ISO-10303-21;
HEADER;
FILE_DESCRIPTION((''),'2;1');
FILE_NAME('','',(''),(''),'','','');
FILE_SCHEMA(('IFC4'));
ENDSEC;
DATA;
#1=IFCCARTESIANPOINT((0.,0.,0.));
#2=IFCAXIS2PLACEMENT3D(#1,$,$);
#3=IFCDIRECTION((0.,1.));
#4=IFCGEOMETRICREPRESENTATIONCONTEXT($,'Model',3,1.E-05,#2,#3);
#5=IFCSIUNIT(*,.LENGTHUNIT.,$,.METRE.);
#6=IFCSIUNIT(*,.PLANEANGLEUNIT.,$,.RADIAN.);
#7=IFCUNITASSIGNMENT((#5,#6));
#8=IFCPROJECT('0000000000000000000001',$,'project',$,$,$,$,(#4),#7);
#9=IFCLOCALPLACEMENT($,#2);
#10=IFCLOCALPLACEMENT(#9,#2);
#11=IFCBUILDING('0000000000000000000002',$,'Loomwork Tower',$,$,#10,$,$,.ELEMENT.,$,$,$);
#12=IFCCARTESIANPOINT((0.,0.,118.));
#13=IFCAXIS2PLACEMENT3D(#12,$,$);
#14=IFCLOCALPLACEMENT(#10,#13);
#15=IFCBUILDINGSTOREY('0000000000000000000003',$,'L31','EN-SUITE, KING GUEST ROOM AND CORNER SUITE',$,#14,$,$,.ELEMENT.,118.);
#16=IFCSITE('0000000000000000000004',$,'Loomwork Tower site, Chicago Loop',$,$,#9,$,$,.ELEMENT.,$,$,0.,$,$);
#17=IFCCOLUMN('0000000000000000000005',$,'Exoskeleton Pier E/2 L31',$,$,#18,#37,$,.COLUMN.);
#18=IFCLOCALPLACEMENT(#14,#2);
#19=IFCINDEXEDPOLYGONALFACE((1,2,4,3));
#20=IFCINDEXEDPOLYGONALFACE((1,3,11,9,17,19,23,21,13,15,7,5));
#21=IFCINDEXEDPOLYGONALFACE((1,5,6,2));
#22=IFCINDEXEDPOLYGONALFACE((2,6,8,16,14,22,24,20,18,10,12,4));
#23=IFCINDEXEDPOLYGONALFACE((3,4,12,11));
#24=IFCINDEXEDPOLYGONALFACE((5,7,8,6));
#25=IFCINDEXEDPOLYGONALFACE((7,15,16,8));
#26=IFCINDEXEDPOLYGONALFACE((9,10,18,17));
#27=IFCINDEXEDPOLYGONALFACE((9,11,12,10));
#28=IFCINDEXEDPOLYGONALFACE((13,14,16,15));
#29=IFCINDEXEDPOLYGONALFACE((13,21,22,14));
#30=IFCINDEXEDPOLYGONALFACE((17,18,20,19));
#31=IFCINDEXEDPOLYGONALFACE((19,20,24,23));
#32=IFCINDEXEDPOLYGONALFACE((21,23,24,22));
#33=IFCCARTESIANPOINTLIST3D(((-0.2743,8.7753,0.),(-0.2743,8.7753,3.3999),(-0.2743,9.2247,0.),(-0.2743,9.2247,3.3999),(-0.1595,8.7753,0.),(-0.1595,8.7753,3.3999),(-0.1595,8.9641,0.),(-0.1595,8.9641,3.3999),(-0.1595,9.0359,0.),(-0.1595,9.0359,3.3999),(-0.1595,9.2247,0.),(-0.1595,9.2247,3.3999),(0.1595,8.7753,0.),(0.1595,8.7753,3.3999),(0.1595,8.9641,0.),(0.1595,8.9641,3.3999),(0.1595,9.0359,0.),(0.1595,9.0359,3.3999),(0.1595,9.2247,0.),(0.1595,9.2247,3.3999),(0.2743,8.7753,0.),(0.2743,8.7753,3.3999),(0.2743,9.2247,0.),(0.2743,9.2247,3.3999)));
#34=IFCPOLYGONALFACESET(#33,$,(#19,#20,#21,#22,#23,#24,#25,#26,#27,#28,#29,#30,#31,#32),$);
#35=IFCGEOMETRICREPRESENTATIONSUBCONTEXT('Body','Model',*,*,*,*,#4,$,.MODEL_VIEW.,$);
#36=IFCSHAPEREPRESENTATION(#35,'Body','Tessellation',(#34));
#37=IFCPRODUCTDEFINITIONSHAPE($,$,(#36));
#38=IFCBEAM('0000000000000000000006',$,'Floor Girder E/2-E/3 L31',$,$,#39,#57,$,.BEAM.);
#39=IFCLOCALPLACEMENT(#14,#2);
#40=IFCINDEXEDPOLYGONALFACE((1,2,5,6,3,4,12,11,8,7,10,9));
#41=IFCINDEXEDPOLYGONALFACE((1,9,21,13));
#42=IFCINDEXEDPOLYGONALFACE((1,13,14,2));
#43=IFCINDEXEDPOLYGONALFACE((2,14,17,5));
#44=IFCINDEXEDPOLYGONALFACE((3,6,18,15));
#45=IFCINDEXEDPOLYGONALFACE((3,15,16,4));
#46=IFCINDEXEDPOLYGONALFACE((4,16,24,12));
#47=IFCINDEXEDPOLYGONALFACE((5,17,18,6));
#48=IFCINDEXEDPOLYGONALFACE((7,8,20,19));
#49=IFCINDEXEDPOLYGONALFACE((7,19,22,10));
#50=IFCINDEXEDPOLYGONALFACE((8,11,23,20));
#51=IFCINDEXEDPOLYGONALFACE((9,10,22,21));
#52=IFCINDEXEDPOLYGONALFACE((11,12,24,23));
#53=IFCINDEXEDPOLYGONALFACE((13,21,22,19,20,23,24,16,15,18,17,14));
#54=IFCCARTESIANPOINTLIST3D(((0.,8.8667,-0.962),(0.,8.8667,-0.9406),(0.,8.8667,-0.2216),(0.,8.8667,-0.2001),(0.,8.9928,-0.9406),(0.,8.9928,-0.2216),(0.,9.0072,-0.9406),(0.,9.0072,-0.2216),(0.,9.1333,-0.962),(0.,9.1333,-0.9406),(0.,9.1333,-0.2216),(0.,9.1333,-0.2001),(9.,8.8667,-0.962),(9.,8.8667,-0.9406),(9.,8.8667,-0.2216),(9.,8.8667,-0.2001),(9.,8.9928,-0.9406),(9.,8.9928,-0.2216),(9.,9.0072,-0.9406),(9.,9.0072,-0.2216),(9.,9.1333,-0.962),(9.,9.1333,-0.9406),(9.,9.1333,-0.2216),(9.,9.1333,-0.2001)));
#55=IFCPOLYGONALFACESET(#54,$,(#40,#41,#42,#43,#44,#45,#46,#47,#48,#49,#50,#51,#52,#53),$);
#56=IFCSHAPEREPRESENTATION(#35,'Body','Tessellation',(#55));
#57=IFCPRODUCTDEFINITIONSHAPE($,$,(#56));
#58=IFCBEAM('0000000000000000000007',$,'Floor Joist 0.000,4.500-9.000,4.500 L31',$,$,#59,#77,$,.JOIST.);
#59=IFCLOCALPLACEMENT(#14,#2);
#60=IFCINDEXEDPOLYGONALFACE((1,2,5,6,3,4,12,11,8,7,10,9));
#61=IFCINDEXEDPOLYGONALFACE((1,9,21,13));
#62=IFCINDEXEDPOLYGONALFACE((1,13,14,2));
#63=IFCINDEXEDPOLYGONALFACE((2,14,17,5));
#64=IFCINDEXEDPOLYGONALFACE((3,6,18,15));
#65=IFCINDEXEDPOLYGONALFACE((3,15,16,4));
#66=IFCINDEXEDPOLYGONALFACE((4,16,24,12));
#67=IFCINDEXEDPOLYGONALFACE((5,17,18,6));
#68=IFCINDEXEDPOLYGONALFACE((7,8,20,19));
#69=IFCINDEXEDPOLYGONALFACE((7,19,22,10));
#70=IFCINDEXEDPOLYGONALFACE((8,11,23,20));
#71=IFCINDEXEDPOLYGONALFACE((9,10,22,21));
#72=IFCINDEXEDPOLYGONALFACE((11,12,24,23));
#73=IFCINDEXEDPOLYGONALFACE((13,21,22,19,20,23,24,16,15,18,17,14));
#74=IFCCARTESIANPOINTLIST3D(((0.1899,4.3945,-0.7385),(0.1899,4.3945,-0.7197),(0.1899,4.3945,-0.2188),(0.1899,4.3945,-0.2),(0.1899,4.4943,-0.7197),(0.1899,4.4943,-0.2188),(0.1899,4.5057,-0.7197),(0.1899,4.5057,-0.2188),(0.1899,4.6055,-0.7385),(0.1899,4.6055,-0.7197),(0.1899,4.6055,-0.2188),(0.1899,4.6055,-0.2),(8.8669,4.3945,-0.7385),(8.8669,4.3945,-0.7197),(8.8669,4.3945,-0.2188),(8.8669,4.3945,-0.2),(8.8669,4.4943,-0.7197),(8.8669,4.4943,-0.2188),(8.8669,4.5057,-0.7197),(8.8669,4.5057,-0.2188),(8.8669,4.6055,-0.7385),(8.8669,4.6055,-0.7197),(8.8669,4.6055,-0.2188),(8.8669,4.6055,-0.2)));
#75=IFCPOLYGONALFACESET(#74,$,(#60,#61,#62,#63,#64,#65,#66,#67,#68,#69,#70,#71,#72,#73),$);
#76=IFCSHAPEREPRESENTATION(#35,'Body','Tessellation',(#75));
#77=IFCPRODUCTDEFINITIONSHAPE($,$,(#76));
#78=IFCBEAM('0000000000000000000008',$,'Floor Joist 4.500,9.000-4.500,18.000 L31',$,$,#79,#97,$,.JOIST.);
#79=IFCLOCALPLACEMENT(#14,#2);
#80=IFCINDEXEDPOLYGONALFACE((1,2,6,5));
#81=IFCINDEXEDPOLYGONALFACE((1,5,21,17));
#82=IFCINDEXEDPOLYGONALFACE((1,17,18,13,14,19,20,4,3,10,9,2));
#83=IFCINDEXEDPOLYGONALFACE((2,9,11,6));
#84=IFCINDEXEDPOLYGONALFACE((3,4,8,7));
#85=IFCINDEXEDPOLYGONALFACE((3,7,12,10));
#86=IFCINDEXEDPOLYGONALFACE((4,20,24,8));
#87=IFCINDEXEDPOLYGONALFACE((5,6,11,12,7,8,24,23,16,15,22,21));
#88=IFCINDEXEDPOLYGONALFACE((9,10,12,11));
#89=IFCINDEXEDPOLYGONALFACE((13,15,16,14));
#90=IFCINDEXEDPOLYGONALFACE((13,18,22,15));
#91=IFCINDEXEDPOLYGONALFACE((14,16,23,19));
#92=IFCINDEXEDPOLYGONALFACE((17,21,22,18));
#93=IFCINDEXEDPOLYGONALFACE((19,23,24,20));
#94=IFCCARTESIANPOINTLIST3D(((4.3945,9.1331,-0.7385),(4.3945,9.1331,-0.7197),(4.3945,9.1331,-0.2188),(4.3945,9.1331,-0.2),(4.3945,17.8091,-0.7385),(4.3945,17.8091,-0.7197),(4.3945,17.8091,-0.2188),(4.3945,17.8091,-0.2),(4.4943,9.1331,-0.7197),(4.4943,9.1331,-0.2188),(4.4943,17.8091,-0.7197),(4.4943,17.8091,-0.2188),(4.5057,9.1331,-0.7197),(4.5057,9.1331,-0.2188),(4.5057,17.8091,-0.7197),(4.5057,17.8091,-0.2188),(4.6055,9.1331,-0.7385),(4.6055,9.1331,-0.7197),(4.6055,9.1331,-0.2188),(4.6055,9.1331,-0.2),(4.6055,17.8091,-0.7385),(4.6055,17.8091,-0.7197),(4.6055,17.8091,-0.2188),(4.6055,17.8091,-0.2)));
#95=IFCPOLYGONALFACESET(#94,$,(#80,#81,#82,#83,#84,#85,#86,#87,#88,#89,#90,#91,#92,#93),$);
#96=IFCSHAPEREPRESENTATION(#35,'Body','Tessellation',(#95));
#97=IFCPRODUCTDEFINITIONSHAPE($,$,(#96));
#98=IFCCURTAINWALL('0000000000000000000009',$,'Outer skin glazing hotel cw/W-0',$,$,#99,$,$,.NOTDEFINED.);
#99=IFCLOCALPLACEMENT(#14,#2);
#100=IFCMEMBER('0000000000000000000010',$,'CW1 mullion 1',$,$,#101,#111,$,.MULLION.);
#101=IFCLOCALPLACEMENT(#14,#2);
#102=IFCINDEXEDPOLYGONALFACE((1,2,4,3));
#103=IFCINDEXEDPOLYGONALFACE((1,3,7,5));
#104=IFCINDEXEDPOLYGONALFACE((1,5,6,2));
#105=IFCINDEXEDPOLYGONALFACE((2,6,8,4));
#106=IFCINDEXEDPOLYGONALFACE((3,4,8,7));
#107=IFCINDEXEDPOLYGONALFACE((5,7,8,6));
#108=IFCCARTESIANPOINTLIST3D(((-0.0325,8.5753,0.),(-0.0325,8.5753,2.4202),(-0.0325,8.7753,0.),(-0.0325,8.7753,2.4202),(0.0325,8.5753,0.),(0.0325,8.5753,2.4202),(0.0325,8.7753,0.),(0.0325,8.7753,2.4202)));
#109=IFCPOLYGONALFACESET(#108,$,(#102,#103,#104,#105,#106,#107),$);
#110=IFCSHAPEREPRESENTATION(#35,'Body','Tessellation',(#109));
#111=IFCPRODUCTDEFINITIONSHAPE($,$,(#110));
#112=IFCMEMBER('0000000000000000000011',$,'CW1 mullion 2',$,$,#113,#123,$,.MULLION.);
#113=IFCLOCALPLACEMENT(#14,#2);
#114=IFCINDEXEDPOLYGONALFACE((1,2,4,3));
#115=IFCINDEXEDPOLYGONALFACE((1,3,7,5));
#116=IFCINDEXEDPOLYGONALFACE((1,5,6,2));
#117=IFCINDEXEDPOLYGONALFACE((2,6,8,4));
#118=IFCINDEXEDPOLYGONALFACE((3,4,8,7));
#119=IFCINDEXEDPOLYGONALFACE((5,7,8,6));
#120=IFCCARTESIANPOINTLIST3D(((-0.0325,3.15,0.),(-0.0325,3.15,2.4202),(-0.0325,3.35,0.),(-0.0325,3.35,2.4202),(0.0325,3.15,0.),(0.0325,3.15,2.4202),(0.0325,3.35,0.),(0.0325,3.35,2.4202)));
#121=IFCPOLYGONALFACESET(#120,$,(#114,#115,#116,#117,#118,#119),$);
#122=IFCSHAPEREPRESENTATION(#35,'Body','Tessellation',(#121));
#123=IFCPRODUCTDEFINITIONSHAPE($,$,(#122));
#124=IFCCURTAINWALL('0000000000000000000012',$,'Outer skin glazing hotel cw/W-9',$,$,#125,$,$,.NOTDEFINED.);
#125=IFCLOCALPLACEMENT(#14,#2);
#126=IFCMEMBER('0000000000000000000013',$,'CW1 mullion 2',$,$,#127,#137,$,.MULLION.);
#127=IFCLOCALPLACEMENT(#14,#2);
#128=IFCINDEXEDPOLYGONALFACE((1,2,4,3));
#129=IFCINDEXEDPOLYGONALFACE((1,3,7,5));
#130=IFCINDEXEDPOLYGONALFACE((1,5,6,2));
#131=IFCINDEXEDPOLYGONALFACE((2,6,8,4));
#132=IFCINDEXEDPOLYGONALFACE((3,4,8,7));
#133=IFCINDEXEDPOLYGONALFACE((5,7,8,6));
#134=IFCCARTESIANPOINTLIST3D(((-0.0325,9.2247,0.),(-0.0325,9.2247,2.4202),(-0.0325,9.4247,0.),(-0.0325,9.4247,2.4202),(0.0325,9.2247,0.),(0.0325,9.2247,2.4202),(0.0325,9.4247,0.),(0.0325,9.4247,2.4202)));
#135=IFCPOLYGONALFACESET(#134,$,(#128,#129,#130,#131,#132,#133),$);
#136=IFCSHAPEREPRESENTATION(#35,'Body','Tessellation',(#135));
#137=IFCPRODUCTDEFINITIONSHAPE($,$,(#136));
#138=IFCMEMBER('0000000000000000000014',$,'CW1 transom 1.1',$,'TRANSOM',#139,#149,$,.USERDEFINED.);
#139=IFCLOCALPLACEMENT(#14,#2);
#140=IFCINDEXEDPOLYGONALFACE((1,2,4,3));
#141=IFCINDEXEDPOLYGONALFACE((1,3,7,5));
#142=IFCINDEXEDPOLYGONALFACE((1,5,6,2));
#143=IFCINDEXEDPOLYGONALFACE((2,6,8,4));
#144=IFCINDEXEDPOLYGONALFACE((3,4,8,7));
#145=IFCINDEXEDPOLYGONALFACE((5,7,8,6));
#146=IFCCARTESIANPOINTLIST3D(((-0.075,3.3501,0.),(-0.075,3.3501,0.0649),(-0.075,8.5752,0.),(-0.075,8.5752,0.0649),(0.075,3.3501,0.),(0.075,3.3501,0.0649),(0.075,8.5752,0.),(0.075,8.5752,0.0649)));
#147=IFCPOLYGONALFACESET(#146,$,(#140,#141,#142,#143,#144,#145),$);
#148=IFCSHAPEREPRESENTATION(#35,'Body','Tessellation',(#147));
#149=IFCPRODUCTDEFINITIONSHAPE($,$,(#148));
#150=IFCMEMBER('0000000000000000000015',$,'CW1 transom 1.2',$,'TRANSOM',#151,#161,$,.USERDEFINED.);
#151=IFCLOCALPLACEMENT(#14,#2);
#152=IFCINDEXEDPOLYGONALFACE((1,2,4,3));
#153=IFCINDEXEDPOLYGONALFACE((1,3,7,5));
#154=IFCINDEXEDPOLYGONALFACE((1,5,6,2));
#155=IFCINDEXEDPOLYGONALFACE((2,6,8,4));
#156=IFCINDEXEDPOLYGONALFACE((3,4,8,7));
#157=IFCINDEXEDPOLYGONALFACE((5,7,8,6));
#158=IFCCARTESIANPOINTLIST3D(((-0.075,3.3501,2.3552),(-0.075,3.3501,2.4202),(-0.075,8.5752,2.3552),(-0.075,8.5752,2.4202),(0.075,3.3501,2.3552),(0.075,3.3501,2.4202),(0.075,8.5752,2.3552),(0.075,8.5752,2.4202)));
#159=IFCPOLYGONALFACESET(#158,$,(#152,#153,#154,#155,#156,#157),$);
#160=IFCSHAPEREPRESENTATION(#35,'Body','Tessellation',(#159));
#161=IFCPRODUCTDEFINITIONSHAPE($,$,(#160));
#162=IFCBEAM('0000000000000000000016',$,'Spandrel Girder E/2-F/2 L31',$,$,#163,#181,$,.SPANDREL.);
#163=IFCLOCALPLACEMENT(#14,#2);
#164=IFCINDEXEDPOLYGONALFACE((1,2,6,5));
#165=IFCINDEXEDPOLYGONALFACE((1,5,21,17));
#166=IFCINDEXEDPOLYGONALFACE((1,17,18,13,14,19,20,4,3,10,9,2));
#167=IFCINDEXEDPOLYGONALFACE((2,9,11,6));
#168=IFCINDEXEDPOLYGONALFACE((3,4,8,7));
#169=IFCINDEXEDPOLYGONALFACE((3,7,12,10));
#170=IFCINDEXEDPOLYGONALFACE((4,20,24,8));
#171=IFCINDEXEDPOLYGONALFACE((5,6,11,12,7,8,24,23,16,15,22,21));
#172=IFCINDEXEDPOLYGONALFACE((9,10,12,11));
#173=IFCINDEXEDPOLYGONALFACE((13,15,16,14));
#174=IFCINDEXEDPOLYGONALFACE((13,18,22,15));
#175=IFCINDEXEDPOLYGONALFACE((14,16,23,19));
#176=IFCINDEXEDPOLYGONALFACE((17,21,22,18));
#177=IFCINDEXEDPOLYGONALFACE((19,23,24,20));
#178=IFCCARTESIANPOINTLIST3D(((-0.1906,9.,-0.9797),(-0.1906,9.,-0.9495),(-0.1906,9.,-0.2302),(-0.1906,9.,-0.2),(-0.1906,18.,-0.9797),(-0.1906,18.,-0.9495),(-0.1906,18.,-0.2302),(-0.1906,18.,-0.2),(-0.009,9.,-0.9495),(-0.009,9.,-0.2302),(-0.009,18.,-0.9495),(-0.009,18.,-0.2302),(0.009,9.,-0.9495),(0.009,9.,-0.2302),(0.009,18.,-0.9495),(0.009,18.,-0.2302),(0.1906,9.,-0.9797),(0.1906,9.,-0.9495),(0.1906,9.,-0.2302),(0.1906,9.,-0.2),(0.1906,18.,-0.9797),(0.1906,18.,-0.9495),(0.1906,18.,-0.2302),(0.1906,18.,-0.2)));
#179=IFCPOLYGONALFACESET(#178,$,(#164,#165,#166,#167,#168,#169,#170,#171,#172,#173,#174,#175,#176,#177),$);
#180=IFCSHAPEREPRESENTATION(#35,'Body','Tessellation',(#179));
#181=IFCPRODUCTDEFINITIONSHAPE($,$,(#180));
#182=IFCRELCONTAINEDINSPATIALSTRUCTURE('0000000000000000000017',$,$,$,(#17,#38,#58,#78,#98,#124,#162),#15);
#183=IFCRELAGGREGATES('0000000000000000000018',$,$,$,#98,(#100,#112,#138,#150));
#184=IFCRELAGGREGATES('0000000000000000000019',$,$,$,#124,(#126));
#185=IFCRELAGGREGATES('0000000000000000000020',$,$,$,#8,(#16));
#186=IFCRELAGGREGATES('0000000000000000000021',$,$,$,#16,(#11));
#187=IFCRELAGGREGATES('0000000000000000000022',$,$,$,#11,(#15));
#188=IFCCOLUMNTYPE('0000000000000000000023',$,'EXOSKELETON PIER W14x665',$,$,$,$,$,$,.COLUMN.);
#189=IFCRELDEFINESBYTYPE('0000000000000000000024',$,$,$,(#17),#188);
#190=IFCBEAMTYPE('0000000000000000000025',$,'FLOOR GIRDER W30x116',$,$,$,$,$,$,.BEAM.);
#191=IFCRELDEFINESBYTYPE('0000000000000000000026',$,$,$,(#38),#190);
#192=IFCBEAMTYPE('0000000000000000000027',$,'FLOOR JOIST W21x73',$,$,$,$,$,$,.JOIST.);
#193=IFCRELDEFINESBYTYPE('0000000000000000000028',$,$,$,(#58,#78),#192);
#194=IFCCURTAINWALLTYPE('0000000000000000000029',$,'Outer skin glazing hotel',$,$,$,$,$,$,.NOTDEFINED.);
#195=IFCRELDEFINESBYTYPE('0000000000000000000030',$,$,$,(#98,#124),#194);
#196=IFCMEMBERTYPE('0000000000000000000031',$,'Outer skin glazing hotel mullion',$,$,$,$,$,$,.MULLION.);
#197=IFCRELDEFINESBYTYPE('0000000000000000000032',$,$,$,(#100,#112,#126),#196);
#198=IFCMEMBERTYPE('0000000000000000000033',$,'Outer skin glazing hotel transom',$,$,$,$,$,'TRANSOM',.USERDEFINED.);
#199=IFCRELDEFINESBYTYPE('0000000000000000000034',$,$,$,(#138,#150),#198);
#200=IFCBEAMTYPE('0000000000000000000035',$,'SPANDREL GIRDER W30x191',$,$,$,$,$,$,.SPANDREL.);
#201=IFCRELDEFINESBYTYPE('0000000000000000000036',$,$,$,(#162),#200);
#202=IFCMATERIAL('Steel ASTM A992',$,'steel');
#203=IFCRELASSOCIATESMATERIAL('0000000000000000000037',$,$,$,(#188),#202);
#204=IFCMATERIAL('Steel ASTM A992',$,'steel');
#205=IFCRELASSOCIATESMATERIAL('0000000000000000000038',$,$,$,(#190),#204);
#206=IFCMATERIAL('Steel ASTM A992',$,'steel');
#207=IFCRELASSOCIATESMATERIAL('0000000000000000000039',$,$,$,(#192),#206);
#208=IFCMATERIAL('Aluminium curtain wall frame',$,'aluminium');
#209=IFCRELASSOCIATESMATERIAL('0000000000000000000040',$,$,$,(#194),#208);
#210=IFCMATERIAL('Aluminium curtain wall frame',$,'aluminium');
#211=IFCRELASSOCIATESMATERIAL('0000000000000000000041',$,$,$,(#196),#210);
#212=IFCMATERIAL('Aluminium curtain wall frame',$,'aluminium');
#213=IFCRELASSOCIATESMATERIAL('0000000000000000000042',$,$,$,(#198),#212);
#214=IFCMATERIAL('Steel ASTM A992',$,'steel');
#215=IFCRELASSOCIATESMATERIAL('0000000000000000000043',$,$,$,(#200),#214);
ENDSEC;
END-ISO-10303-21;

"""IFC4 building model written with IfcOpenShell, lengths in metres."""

from ifc_helpers import new_model, si_unit, direction, frame, origin, origin_2d, place, context, subcontext, project, spatial, rectangle, i_section, extrude, material, material_profile, profile_set, type_object, element, aggregate, save


model = new_model("IFC4")

# Units and contexts
model_context = context("Model", 3, precision=1e-05, world=origin(), true_north=direction((0.0, 1.0)))
body_context = subcontext(model_context, "Body", "Model", "MODEL_VIEW")
ifc_project = project(units=[si_unit("LENGTHUNIT", "METRE"), si_unit("PLANEANGLEUNIT", "RADIAN")], contexts=[model_context])

# Site, building, storey
site_placement = place(None, origin())
site = spatial("IfcSite", under=ifc_project, at=site_placement, Name="Loomwork Tower site, Chicago Loop", CompositionType="ELEMENT", RefElevation=0.0)
building_placement = place(site_placement, origin())
building = spatial("IfcBuilding", under=site, at=building_placement, Name="Loomwork Tower", CompositionType="ELEMENT")
storey_placement = place(building_placement, frame((0.0, 0.0, 118.0)))
storey = spatial("IfcBuildingStorey", under=building, at=storey_placement, Name="L31", Description="EN-SUITE, KING GUEST ROOM AND CORNER SUITE", CompositionType="ELEMENT", Elevation=118.0)

# Column
ifc_material_1 = material(Name="Steel ASTM A992", Category="steel")
ifc_material_profile_1 = material_profile(ifc_material_1, i_section(OverallWidth=0.4495, OverallDepth=0.5486, WebThickness=0.0718, FlangeThickness=0.1147, at=origin_2d()), Name="W14x665")
ifc_profile_set_1 = profile_set([ifc_material_profile_1], Name="Steel ASTM A992")
column_type = type_object("IfcColumnType", Name="EXOSKELETON PIER W14x665", PredefinedType="COLUMN", material=ifc_profile_set_1)
column_placement = place(storey_placement, frame((0.0, 9.0, 0.0), z_axis=(0.0, 0.0, 1.0), x_axis=(0.0, 1.0, 0.0)))
element("IfcColumn", 1, at=column_placement, inside=storey, type_object=column_type, Name="Exoskeleton Pier E/2 L31", PredefinedType="COLUMN", context=body_context, shape_type="SweptSolid", body=[
    extrude(i_section(OverallWidth=0.4495, OverallDepth=0.5486, WebThickness=0.0718, FlangeThickness=0.1147, at=origin_2d()), origin(), (0.0, 0.0, 1.0), 3.3999),
])

# Beams
ifc_material_2 = material(Name="Steel ASTM A992", Category="steel")
ifc_material_profile_2 = material_profile(ifc_material_2, i_section(OverallWidth=0.2666, OverallDepth=0.762, WebThickness=0.0144, FlangeThickness=0.0215, at=origin_2d()), Name="W30x116")
ifc_profile_set_2 = profile_set([ifc_material_profile_2], Name="Steel ASTM A992")
beam_type_1 = type_object("IfcBeamType", Name="FLOOR GIRDER W30x116", PredefinedType="BEAM", material=ifc_profile_set_2)
beam_1_placement = place(storey_placement, frame((0.0, 9.0, -0.5811), z_axis=(1.0, 0.0, 0.0), x_axis=(0.0, 1.0, 0.0)))
element("IfcBeam", 2, at=beam_1_placement, inside=storey, type_object=beam_type_1, Name="Floor Girder E/2-E/3 L31", PredefinedType="BEAM", context=body_context, shape_type="SweptSolid", body=[
    extrude(i_section(OverallWidth=0.2666, OverallDepth=0.762, WebThickness=0.0144, FlangeThickness=0.0215, at=origin_2d()), origin(), (0.0, 0.0, 1.0), 9.0),
])
ifc_material_3 = material(Name="Steel ASTM A992", Category="steel")
ifc_material_profile_3 = material_profile(ifc_material_3, i_section(OverallWidth=0.2109, OverallDepth=0.5386, WebThickness=0.0115, FlangeThickness=0.0188, at=origin_2d()), Name="W21x73")
ifc_profile_set_3 = profile_set([ifc_material_profile_3], Name="Steel ASTM A992")
beam_type_2 = type_object("IfcBeamType", Name="FLOOR JOIST W21x73", PredefinedType="JOIST", material=ifc_profile_set_3)
beam_2_placement = place(storey_placement, frame((0.1899, 4.5, -0.4692), z_axis=(1.0, 0.0, 0.0), x_axis=(0.0, 1.0, 0.0)))
element("IfcBeam", 3, at=beam_2_placement, inside=storey, type_object=beam_type_2, Name="Floor Joist 0.000,4.500-9.000,4.500 L31", PredefinedType="JOIST", context=body_context, shape_type="SweptSolid", body=[
    extrude(i_section(OverallWidth=0.2109, OverallDepth=0.5386, WebThickness=0.0115, FlangeThickness=0.0188, at=origin_2d()), origin(), (0.0, 0.0, 1.0), 8.677),
])
beam_3_placement = place(storey_placement, frame((4.5, 9.1331, -0.4692), z_axis=(0.0, 1.0, 0.0), x_axis=(-1.0, 0.0, 0.0)))
element("IfcBeam", 4, at=beam_3_placement, inside=storey, type_object=beam_type_2, Name="Floor Joist 4.500,9.000-4.500,18.000 L31", PredefinedType="JOIST", context=body_context, shape_type="SweptSolid", body=[
    extrude(i_section(OverallWidth=0.2109, OverallDepth=0.5386, WebThickness=0.0115, FlangeThickness=0.0188, at=origin_2d()), origin(), (0.0, 0.0, 1.0), 8.676),
])

# Curtain wall, members
ifc_material_4 = material(Name="Aluminium curtain wall frame", Category="aluminium")
curtain_wall_type = type_object("IfcCurtainWallType", Name="Outer skin glazing hotel", PredefinedType="NOTDEFINED", material=ifc_material_4)
curtain_wall_1_placement = place(storey_placement, origin())
curtain_wall_1 = element("IfcCurtainWall", 5, at=curtain_wall_1_placement, inside=storey, type_object=curtain_wall_type, Name="Outer skin glazing hotel cw/W-0", PredefinedType="NOTDEFINED")
ifc_material_5 = material(Name="Aluminium curtain wall frame", Category="aluminium")
ifc_material_profile_4 = material_profile(ifc_material_5, rectangle(XDim=0.0649, YDim=0.2, at=origin_2d()), Name="AL 65x200")
ifc_profile_set_4 = profile_set([ifc_material_profile_4], Name="Aluminium curtain wall frame")
member_type_1 = type_object("IfcMemberType", Name="Outer skin glazing hotel mullion", PredefinedType="MULLION", material=ifc_profile_set_4)
member_1_placement = place(storey_placement, frame((0.0, 8.6753, 0.0), z_axis=(0.0, 0.0, 1.0), x_axis=(1.0, 0.0, 0.0)))
member_1 = element("IfcMember", 6, at=member_1_placement, type_object=member_type_1, Name="CW1 mullion 1", PredefinedType="MULLION", context=body_context, shape_type="SweptSolid", body=[
    extrude(rectangle(XDim=0.0649, YDim=0.2, at=origin_2d()), origin(), (0.0, 0.0, 1.0), 2.4202),
])
member_2_placement = place(storey_placement, frame((0.0, 3.25, 0.0), z_axis=(0.0, 0.0, 1.0), x_axis=(1.0, 0.0, 0.0)))
member_2 = element("IfcMember", 7, at=member_2_placement, type_object=member_type_1, Name="CW1 mullion 2", PredefinedType="MULLION", context=body_context, shape_type="SweptSolid", body=[
    extrude(rectangle(XDim=0.0649, YDim=0.2, at=origin_2d()), origin(), (0.0, 0.0, 1.0), 2.4202),
])

# Curtain wall, member
curtain_wall_2_placement = place(storey_placement, origin())
curtain_wall_2 = element("IfcCurtainWall", 8, at=curtain_wall_2_placement, inside=storey, type_object=curtain_wall_type, Name="Outer skin glazing hotel cw/W-9", PredefinedType="NOTDEFINED")
member_3_placement = place(storey_placement, frame((0.0, 9.3247, 0.0), z_axis=(0.0, 0.0, 1.0), x_axis=(1.0, 0.0, 0.0)))
member_3 = element("IfcMember", 9, at=member_3_placement, type_object=member_type_1, Name="CW1 mullion 2", PredefinedType="MULLION", context=body_context, shape_type="SweptSolid", body=[
    extrude(rectangle(XDim=0.0649, YDim=0.2, at=origin_2d()), origin(), (0.0, 0.0, 1.0), 2.4202),
])

# Members
ifc_material_6 = material(Name="Aluminium curtain wall frame", Category="aluminium")
ifc_material_profile_5 = material_profile(ifc_material_6, rectangle(XDim=0.1499, YDim=0.0649, at=origin_2d()), Name="AL 65x150")
ifc_profile_set_5 = profile_set([ifc_material_profile_5], Name="Aluminium curtain wall frame")
member_type_2 = type_object("IfcMemberType", Name="Outer skin glazing hotel transom", ElementType="TRANSOM", PredefinedType="USERDEFINED", material=ifc_profile_set_5)
member_4_placement = place(storey_placement, frame((0.0, 8.5752, 0.0325), z_axis=(0.0, -1.0, 0.0), x_axis=(1.0, 0.0, 0.0)))
member_4 = element("IfcMember", 10, at=member_4_placement, type_object=member_type_2, Name="CW1 transom 1.1", ObjectType="TRANSOM", PredefinedType="USERDEFINED", context=body_context, shape_type="SweptSolid", body=[
    extrude(rectangle(XDim=0.1499, YDim=0.0649, at=origin_2d()), origin(), (0.0, 0.0, 1.0), 5.2251),
])
member_5_placement = place(storey_placement, frame((0.0, 8.5752, 2.3877), z_axis=(0.0, -1.0, 0.0), x_axis=(1.0, 0.0, 0.0)))
member_5 = element("IfcMember", 11, at=member_5_placement, type_object=member_type_2, Name="CW1 transom 1.2", ObjectType="TRANSOM", PredefinedType="USERDEFINED", context=body_context, shape_type="SweptSolid", body=[
    extrude(rectangle(XDim=0.1499, YDim=0.0649, at=origin_2d()), origin(), (0.0, 0.0, 1.0), 5.2251),
])

# Beam
ifc_material_7 = material(Name="Steel ASTM A992", Category="steel")
ifc_material_profile_6 = material_profile(ifc_material_7, i_section(OverallWidth=0.3811, OverallDepth=0.7798, WebThickness=0.0181, FlangeThickness=0.0303, at=origin_2d()), Name="W30x191")
ifc_profile_set_6 = profile_set([ifc_material_profile_6], Name="Steel ASTM A992")
beam_type_3 = type_object("IfcBeamType", Name="SPANDREL GIRDER W30x191", PredefinedType="SPANDREL", material=ifc_profile_set_6)
beam_4_placement = place(storey_placement, frame((0.0, 9.0, -0.5898), z_axis=(0.0, 1.0, 0.0), x_axis=(-1.0, 0.0, 0.0)))
element("IfcBeam", 12, at=beam_4_placement, inside=storey, type_object=beam_type_3, Name="Spandrel Girder E/2-F/2 L31", PredefinedType="SPANDREL", context=body_context, shape_type="SweptSolid", body=[
    extrude(i_section(OverallWidth=0.3811, OverallDepth=0.7798, WebThickness=0.0181, FlangeThickness=0.0303, at=origin_2d()), origin(), (0.0, 0.0, 1.0), 9.0),
])

aggregate(curtain_wall_1, [member_1, member_2, member_4, member_5])
aggregate(curtain_wall_2, [member_3])

save(model, "model.ifc")
